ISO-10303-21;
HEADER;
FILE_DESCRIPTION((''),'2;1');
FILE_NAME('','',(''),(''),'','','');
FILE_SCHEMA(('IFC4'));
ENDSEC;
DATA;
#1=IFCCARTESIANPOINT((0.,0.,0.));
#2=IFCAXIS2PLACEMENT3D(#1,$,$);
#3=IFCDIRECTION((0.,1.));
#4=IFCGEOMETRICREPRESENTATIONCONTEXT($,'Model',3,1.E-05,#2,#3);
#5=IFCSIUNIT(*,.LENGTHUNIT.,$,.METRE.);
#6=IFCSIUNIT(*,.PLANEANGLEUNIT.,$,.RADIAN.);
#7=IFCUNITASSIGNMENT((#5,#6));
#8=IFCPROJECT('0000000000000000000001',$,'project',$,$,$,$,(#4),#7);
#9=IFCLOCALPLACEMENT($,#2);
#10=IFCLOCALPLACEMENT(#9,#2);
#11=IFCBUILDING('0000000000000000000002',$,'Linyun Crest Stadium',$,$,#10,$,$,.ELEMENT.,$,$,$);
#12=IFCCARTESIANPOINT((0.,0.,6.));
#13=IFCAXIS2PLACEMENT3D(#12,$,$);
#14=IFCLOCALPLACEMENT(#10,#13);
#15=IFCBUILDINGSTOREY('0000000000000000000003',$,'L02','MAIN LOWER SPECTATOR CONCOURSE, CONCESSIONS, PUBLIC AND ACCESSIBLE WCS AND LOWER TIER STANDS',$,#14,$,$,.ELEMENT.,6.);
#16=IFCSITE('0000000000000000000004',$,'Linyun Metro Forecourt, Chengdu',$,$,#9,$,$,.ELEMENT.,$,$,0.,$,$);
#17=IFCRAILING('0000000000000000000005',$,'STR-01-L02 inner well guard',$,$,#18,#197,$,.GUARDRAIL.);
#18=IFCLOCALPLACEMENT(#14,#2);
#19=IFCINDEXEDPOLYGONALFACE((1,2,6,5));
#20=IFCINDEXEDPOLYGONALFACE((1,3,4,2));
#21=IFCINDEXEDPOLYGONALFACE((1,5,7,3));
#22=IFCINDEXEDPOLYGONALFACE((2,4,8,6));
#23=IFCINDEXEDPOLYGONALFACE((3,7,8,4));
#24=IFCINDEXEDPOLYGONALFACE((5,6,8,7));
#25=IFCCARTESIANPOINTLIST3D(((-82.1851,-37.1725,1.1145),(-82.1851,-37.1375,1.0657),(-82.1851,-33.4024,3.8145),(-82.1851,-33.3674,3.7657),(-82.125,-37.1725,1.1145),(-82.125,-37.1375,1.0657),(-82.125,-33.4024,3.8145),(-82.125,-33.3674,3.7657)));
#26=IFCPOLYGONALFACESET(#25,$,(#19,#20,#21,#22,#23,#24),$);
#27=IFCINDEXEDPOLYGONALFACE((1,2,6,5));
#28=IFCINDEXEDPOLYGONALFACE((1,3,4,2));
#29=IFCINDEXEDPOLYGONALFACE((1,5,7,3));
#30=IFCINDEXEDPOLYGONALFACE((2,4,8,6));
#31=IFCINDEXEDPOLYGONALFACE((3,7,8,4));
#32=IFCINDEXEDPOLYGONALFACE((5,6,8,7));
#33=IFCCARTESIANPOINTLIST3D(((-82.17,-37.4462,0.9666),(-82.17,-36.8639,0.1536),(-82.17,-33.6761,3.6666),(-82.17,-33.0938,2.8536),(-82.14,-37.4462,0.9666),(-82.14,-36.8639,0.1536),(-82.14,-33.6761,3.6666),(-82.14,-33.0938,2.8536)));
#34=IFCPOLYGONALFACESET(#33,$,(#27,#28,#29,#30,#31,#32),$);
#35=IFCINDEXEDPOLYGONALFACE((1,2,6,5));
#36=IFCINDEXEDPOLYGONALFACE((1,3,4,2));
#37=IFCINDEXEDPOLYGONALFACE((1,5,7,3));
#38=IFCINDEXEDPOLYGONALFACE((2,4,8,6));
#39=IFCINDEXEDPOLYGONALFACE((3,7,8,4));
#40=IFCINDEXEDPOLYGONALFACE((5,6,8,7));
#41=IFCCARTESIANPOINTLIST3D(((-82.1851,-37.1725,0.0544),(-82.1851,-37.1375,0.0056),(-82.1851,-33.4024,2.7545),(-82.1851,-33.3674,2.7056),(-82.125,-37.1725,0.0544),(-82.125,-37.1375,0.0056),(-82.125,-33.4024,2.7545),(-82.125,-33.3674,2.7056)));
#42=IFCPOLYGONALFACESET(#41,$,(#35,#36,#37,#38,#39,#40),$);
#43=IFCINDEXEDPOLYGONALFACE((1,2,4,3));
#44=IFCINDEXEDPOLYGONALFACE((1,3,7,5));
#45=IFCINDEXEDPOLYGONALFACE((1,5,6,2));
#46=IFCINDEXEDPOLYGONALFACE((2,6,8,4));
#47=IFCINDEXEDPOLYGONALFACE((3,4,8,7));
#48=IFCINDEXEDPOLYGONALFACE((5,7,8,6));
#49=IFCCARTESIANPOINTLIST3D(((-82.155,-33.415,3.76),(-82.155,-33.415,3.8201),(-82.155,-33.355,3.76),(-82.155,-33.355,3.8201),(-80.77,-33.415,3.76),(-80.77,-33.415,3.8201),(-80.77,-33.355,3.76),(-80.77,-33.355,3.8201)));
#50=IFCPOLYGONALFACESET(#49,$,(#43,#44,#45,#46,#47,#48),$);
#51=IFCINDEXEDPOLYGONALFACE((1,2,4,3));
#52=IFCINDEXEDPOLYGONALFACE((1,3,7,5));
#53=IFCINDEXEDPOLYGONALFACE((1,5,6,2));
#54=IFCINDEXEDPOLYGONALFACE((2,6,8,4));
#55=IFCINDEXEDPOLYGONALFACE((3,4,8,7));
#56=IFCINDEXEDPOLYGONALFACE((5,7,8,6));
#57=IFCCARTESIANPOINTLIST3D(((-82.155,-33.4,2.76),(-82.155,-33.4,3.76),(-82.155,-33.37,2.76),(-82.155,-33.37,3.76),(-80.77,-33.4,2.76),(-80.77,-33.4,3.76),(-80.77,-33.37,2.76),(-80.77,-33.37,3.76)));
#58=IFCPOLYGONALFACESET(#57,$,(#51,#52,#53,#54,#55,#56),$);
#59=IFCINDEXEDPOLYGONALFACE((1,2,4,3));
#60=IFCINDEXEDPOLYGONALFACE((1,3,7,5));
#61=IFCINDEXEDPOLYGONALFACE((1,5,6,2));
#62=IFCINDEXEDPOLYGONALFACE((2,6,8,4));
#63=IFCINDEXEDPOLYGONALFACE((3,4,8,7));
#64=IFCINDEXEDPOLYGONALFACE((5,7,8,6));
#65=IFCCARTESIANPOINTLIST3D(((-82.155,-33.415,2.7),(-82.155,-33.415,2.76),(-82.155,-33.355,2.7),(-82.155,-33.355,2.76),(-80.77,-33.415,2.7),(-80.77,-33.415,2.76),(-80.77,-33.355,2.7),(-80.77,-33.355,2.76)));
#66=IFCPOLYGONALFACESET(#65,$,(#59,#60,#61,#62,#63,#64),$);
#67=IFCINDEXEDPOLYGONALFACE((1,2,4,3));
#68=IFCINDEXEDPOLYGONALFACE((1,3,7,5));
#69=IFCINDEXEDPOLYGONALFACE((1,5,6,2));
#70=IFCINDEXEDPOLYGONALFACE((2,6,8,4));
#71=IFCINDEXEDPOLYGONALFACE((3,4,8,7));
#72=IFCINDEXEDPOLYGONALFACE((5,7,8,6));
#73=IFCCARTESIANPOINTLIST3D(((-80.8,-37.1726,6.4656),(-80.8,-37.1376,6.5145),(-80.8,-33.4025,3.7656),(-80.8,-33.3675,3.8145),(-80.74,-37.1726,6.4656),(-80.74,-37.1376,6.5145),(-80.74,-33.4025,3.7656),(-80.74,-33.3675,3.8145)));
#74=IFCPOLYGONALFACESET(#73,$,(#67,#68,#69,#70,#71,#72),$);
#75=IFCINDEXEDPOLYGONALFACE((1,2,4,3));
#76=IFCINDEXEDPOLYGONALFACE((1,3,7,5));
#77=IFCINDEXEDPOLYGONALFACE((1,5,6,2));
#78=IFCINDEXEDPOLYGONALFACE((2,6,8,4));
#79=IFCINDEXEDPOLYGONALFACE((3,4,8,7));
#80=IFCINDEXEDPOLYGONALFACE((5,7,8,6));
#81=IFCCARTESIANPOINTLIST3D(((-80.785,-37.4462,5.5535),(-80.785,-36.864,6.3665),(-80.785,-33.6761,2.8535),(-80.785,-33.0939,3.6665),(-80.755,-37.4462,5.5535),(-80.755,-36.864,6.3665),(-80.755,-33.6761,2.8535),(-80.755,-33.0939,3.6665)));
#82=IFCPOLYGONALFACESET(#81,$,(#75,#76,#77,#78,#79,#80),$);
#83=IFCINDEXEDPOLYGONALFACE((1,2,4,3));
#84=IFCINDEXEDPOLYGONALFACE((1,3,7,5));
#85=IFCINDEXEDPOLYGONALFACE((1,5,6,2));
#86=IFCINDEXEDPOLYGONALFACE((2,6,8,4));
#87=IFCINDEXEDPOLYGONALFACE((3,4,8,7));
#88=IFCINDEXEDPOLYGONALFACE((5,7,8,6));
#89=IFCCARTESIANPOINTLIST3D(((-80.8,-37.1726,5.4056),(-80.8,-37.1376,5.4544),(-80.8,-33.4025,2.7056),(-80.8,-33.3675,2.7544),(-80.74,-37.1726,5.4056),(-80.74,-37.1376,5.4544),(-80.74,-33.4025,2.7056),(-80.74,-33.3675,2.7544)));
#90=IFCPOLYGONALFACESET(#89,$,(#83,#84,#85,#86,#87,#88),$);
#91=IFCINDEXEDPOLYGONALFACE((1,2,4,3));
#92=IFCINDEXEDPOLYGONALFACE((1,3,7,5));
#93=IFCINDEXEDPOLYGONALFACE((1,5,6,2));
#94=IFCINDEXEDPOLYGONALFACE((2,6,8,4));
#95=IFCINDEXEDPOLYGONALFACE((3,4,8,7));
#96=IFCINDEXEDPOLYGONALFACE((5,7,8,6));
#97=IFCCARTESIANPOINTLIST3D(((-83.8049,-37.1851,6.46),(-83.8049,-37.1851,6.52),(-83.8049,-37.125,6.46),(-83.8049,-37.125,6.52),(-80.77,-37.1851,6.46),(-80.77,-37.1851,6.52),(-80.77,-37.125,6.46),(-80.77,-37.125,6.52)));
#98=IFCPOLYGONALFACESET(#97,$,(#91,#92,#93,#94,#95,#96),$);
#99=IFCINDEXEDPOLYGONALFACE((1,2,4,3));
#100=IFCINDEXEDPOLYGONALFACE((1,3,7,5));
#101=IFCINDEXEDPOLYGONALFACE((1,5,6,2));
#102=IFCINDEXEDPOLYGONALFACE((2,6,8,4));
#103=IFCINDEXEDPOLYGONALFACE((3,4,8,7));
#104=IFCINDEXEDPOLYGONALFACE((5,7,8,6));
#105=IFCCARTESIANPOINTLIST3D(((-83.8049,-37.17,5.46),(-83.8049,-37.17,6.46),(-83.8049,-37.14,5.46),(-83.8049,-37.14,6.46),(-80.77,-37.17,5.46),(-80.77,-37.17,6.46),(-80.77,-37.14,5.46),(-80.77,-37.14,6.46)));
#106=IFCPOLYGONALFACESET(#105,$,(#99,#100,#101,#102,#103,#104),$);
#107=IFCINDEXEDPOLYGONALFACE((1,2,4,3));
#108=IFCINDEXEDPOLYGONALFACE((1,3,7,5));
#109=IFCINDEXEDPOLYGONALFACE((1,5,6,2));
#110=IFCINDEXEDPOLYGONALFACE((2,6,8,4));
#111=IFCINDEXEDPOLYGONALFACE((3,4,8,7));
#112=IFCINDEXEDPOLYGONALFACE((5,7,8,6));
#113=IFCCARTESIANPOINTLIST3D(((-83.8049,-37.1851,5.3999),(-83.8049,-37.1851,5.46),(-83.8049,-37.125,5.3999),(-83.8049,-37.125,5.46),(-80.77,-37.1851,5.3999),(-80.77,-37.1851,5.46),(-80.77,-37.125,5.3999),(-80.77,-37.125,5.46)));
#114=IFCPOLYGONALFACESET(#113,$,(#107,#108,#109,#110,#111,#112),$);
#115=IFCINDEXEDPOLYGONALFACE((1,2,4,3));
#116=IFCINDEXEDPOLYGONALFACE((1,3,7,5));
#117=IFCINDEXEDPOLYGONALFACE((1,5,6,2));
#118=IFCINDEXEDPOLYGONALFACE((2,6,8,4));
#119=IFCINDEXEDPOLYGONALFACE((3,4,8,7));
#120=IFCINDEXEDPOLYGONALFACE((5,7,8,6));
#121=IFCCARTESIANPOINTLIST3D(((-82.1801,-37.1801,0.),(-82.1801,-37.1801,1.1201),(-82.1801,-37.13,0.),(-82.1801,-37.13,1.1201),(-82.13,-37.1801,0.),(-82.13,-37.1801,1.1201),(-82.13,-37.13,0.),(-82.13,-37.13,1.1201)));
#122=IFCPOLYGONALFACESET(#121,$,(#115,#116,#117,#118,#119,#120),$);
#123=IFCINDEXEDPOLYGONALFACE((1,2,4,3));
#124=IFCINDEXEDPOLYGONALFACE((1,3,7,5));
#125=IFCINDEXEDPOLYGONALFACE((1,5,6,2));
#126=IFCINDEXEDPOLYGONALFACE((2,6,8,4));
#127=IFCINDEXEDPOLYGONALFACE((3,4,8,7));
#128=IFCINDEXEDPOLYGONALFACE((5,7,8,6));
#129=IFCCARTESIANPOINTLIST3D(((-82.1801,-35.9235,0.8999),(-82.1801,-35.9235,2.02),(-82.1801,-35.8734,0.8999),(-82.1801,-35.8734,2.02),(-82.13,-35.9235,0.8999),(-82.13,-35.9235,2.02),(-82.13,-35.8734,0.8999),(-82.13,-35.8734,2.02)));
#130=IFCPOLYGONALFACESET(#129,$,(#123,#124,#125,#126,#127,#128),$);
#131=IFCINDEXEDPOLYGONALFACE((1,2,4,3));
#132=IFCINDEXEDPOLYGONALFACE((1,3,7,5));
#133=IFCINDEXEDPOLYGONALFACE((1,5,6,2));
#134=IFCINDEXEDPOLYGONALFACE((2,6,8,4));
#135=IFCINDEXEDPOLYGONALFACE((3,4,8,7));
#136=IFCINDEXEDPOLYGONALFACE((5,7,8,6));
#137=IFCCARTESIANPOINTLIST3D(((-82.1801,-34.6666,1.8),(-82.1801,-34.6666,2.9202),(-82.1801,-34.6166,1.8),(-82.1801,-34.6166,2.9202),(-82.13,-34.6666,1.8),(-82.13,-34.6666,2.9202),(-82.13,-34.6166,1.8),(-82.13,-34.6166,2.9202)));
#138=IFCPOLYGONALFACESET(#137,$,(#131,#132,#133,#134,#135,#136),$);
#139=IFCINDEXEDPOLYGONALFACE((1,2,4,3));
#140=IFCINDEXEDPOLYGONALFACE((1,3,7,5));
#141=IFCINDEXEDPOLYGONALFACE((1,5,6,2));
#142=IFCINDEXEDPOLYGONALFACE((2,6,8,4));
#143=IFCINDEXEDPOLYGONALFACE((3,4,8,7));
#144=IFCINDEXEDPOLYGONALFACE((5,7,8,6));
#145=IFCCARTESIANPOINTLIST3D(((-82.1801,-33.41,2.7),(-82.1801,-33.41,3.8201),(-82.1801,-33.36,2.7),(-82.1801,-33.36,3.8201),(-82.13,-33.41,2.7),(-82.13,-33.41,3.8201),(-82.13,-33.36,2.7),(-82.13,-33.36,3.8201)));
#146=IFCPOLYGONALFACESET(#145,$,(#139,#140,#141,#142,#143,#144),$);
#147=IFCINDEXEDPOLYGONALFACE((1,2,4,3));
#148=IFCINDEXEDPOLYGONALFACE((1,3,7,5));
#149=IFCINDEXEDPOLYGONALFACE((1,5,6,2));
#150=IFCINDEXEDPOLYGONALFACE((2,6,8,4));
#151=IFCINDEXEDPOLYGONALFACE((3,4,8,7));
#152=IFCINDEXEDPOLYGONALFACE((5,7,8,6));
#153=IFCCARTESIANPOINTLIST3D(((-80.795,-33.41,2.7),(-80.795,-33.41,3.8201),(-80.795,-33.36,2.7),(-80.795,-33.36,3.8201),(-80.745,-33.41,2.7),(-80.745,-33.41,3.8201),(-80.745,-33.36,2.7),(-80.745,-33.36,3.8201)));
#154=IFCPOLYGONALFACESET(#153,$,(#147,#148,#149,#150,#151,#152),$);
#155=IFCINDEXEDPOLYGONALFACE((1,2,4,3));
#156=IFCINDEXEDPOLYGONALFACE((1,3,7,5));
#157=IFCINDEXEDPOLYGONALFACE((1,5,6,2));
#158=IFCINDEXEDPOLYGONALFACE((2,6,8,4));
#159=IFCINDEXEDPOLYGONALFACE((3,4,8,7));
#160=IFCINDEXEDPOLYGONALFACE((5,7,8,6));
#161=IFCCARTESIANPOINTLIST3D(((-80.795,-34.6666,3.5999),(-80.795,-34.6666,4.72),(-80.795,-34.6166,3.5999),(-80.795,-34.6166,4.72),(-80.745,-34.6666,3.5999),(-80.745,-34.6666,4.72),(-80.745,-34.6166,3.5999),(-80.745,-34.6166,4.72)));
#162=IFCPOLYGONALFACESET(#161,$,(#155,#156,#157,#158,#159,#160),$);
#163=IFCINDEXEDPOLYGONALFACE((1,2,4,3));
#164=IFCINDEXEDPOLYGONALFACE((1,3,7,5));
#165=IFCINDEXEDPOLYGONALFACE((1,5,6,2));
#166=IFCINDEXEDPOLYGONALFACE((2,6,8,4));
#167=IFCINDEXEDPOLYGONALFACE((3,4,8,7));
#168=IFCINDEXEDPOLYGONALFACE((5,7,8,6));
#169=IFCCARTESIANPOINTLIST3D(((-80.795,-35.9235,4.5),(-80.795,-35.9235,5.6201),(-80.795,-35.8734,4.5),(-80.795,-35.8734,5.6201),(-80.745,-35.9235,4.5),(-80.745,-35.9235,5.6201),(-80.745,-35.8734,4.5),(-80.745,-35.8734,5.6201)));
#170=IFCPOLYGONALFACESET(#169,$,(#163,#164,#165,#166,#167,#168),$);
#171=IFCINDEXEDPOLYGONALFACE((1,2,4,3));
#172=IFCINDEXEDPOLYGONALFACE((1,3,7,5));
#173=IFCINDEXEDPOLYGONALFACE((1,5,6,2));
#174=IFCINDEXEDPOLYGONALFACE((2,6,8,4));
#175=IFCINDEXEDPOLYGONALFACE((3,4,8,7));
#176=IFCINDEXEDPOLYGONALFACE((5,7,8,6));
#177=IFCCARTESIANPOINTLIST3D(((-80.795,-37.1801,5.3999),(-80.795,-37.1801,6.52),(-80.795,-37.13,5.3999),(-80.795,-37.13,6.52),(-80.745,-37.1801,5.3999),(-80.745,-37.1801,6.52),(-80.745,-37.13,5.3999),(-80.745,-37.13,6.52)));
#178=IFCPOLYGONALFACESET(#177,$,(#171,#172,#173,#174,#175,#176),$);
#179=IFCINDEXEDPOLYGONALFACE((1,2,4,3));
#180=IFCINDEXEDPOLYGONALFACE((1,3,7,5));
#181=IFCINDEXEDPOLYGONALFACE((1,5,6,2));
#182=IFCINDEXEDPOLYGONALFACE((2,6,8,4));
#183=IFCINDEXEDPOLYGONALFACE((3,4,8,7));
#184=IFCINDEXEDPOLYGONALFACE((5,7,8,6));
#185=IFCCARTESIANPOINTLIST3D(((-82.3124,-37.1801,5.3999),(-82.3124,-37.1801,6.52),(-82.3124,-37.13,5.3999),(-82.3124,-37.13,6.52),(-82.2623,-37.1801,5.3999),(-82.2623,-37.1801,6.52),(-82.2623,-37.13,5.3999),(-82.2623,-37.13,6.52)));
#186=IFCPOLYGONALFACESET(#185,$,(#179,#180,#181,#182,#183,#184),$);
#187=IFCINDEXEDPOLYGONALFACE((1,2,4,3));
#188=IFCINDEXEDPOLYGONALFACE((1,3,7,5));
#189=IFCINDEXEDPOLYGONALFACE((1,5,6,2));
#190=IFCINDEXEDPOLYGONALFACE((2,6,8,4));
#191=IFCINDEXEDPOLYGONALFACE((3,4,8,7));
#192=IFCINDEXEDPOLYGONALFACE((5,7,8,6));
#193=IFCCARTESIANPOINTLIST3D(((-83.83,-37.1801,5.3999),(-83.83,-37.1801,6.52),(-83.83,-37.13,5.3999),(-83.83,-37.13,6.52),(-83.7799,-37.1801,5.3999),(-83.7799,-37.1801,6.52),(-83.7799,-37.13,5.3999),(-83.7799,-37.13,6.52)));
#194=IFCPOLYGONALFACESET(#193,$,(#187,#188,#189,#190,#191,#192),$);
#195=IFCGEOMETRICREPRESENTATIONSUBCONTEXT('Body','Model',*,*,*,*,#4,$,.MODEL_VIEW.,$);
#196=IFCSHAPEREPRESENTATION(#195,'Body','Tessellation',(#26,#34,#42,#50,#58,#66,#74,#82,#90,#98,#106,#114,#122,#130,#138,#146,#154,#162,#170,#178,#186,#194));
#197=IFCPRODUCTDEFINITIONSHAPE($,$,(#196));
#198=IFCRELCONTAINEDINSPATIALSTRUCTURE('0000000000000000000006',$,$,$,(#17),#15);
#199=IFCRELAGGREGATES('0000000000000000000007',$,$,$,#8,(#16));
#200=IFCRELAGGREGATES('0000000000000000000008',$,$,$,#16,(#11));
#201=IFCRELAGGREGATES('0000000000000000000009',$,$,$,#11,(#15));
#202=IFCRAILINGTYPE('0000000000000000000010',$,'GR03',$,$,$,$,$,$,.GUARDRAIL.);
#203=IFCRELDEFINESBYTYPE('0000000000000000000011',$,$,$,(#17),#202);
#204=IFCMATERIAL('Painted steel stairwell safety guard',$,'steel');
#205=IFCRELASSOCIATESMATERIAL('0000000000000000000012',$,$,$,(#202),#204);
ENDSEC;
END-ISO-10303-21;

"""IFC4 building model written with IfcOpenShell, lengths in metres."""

from ifc_helpers import new_model, si_unit, direction, frame, origin, origin_2d, place, context, subcontext, project, spatial, rectangle, extrude, material, type_object, element, save


model = new_model("IFC4")

# Units and contexts
model_context = context("Model", 3, precision=1e-05, world=origin(), true_north=direction((0.0, 1.0)))
body_context = subcontext(model_context, "Body", "Model", "MODEL_VIEW")
ifc_project = project(units=[si_unit("LENGTHUNIT", "METRE"), si_unit("PLANEANGLEUNIT", "RADIAN")], contexts=[model_context])

# Site, building, storey
site_placement = place(None, origin())
site = spatial("IfcSite", under=ifc_project, at=site_placement, Name="Linyun Metro Forecourt, Chengdu", CompositionType="ELEMENT", RefElevation=0.0)
building_placement = place(site_placement, origin())
building = spatial("IfcBuilding", under=site, at=building_placement, Name="Linyun Crest Stadium", CompositionType="ELEMENT")
storey_placement = place(building_placement, frame((0.0, 0.0, 6.0)))
storey = spatial("IfcBuildingStorey", under=building, at=storey_placement, Name="L02", Description="MAIN LOWER SPECTATOR CONCOURSE, CONCESSIONS, PUBLIC AND ACCESSIBLE WCS AND LOWER TIER STANDS", CompositionType="ELEMENT", Elevation=6.0)

# Railing
ifc_material_1 = material(Name="Painted steel stairwell safety guard", Category="steel")
railing_type_1 = type_object("IfcRailingType", Name="GR03", PredefinedType="GUARDRAIL", material=ifc_material_1)
railing_1_placement = place(storey_placement, frame((-82.155, -37.155, 0.0)))
element("IfcRailing", 1, at=railing_1_placement, inside=storey, type_object=railing_type_1, Name="STR-01-L02 inner well guard", PredefinedType="GUARDRAIL", context=body_context, shape_type="SweptSolid", body=[
    extrude(rectangle(XDim=0.0601, YDim=0.0601, at=origin_2d()), frame((0.0, 0.0, 1.0901), z_axis=(0.0, 0.813011, 0.582249), x_axis=(-1.0, 0.0, 0.0)), (0.0, 0.0, 1.0), 4.6372),
    extrude(rectangle(XDim=0.03, YDim=1.0, at=origin_2d()), frame((0.0, 0.0, 0.5601), z_axis=(0.0, 0.813011, 0.582249), x_axis=(-1.0, 0.0, 0.0)), (0.0, 0.0, 1.0), 4.6372),
    extrude(rectangle(XDim=0.0601, YDim=0.0601, at=origin_2d()), frame((0.0, 0.0, 0.03), z_axis=(0.0, 0.813011, 0.582249), x_axis=(-1.0, 0.0, 0.0)), (0.0, 0.0, 1.0), 4.6372),
    extrude(rectangle(XDim=0.0601, YDim=0.0601, at=origin_2d()), frame((0.0, 3.77, 3.79), z_axis=(1.0, 0.0, 0.0), x_axis=(0.0, 1.0, 0.0)), (0.0, 0.0, 1.0), 1.385),
    extrude(rectangle(XDim=0.03, YDim=1.0, at=origin_2d()), frame((0.0, 3.77, 3.26), z_axis=(1.0, 0.0, 0.0), x_axis=(0.0, 1.0, 0.0)), (0.0, 0.0, 1.0), 1.385),
    extrude(rectangle(XDim=0.0601, YDim=0.0601, at=origin_2d()), frame((0.0, 3.77, 2.73), z_axis=(1.0, 0.0, 0.0), x_axis=(0.0, 1.0, 0.0)), (0.0, 0.0, 1.0), 1.385),
    extrude(rectangle(XDim=0.0601, YDim=0.0601, at=origin_2d()), frame((1.385, 3.77, 3.79), z_axis=(0.0, -0.813011, 0.582249), x_axis=(1.0, 0.0, 0.0)), (0.0, 0.0, 1.0), 4.6372),
    extrude(rectangle(XDim=0.03, YDim=1.0, at=origin_2d()), frame((1.385, 3.77, 3.26), z_axis=(0.0, -0.813011, 0.582249), x_axis=(1.0, 0.0, 0.0)), (0.0, 0.0, 1.0), 4.6372),
    extrude(rectangle(XDim=0.0601, YDim=0.0601, at=origin_2d()), frame((1.385, 3.77, 2.73), z_axis=(0.0, -0.813011, 0.582249), x_axis=(1.0, 0.0, 0.0)), (0.0, 0.0, 1.0), 4.6372),
    extrude(rectangle(XDim=0.0601, YDim=0.0601, at=origin_2d()), frame((1.385, 0.0, 6.49), z_axis=(-1.0, 0.0, 0.0), x_axis=(0.0, -1.0, 0.0)), (0.0, 0.0, 1.0), 3.0349),
    extrude(rectangle(XDim=0.03, YDim=1.0, at=origin_2d()), frame((1.385, 0.0, 5.96), z_axis=(-1.0, 0.0, 0.0), x_axis=(0.0, -1.0, 0.0)), (0.0, 0.0, 1.0), 3.0349),
    extrude(rectangle(XDim=0.0601, YDim=0.0601, at=origin_2d()), frame((1.385, 0.0, 5.4299), z_axis=(-1.0, 0.0, 0.0), x_axis=(0.0, -1.0, 0.0)), (0.0, 0.0, 1.0), 3.0349),
    extrude(rectangle(XDim=0.05, YDim=0.05, at=origin_2d()), origin(), (0.0, 0.0, 1.0), 1.1201),
    extrude(rectangle(XDim=0.05, YDim=0.05, at=origin_2d()), frame((0.0, 1.2566, 0.8999)), (0.0, 0.0, 1.0), 1.1201),
    extrude(rectangle(XDim=0.05, YDim=0.05, at=origin_2d()), frame((0.0, 2.5134, 1.8)), (0.0, 0.0, 1.0), 1.1201),
    extrude(rectangle(XDim=0.05, YDim=0.05, at=origin_2d()), frame((0.0, 3.77, 2.7)), (0.0, 0.0, 1.0), 1.1201),
    extrude(rectangle(XDim=0.05, YDim=0.05, at=origin_2d()), frame((1.385, 3.77, 2.7)), (0.0, 0.0, 1.0), 1.1201),
    extrude(rectangle(XDim=0.05, YDim=0.05, at=origin_2d()), frame((1.385, 2.5134, 3.5999)), (0.0, 0.0, 1.0), 1.1201),
    extrude(rectangle(XDim=0.05, YDim=0.05, at=origin_2d()), frame((1.385, 1.2566, 4.5)), (0.0, 0.0, 1.0), 1.1201),
    extrude(rectangle(XDim=0.05, YDim=0.05, at=origin_2d()), frame((1.385, 0.0, 5.3999)), (0.0, 0.0, 1.0), 1.1201),
    extrude(rectangle(XDim=0.05, YDim=0.05, at=origin_2d()), frame((-0.1323, 0.0, 5.3999)), (0.0, 0.0, 1.0), 1.1201),
    extrude(rectangle(XDim=0.05, YDim=0.05, at=origin_2d()), frame((-1.6499, 0.0, 5.3999)), (0.0, 0.0, 1.0), 1.1201),
])

save(model, "model.ifc")
